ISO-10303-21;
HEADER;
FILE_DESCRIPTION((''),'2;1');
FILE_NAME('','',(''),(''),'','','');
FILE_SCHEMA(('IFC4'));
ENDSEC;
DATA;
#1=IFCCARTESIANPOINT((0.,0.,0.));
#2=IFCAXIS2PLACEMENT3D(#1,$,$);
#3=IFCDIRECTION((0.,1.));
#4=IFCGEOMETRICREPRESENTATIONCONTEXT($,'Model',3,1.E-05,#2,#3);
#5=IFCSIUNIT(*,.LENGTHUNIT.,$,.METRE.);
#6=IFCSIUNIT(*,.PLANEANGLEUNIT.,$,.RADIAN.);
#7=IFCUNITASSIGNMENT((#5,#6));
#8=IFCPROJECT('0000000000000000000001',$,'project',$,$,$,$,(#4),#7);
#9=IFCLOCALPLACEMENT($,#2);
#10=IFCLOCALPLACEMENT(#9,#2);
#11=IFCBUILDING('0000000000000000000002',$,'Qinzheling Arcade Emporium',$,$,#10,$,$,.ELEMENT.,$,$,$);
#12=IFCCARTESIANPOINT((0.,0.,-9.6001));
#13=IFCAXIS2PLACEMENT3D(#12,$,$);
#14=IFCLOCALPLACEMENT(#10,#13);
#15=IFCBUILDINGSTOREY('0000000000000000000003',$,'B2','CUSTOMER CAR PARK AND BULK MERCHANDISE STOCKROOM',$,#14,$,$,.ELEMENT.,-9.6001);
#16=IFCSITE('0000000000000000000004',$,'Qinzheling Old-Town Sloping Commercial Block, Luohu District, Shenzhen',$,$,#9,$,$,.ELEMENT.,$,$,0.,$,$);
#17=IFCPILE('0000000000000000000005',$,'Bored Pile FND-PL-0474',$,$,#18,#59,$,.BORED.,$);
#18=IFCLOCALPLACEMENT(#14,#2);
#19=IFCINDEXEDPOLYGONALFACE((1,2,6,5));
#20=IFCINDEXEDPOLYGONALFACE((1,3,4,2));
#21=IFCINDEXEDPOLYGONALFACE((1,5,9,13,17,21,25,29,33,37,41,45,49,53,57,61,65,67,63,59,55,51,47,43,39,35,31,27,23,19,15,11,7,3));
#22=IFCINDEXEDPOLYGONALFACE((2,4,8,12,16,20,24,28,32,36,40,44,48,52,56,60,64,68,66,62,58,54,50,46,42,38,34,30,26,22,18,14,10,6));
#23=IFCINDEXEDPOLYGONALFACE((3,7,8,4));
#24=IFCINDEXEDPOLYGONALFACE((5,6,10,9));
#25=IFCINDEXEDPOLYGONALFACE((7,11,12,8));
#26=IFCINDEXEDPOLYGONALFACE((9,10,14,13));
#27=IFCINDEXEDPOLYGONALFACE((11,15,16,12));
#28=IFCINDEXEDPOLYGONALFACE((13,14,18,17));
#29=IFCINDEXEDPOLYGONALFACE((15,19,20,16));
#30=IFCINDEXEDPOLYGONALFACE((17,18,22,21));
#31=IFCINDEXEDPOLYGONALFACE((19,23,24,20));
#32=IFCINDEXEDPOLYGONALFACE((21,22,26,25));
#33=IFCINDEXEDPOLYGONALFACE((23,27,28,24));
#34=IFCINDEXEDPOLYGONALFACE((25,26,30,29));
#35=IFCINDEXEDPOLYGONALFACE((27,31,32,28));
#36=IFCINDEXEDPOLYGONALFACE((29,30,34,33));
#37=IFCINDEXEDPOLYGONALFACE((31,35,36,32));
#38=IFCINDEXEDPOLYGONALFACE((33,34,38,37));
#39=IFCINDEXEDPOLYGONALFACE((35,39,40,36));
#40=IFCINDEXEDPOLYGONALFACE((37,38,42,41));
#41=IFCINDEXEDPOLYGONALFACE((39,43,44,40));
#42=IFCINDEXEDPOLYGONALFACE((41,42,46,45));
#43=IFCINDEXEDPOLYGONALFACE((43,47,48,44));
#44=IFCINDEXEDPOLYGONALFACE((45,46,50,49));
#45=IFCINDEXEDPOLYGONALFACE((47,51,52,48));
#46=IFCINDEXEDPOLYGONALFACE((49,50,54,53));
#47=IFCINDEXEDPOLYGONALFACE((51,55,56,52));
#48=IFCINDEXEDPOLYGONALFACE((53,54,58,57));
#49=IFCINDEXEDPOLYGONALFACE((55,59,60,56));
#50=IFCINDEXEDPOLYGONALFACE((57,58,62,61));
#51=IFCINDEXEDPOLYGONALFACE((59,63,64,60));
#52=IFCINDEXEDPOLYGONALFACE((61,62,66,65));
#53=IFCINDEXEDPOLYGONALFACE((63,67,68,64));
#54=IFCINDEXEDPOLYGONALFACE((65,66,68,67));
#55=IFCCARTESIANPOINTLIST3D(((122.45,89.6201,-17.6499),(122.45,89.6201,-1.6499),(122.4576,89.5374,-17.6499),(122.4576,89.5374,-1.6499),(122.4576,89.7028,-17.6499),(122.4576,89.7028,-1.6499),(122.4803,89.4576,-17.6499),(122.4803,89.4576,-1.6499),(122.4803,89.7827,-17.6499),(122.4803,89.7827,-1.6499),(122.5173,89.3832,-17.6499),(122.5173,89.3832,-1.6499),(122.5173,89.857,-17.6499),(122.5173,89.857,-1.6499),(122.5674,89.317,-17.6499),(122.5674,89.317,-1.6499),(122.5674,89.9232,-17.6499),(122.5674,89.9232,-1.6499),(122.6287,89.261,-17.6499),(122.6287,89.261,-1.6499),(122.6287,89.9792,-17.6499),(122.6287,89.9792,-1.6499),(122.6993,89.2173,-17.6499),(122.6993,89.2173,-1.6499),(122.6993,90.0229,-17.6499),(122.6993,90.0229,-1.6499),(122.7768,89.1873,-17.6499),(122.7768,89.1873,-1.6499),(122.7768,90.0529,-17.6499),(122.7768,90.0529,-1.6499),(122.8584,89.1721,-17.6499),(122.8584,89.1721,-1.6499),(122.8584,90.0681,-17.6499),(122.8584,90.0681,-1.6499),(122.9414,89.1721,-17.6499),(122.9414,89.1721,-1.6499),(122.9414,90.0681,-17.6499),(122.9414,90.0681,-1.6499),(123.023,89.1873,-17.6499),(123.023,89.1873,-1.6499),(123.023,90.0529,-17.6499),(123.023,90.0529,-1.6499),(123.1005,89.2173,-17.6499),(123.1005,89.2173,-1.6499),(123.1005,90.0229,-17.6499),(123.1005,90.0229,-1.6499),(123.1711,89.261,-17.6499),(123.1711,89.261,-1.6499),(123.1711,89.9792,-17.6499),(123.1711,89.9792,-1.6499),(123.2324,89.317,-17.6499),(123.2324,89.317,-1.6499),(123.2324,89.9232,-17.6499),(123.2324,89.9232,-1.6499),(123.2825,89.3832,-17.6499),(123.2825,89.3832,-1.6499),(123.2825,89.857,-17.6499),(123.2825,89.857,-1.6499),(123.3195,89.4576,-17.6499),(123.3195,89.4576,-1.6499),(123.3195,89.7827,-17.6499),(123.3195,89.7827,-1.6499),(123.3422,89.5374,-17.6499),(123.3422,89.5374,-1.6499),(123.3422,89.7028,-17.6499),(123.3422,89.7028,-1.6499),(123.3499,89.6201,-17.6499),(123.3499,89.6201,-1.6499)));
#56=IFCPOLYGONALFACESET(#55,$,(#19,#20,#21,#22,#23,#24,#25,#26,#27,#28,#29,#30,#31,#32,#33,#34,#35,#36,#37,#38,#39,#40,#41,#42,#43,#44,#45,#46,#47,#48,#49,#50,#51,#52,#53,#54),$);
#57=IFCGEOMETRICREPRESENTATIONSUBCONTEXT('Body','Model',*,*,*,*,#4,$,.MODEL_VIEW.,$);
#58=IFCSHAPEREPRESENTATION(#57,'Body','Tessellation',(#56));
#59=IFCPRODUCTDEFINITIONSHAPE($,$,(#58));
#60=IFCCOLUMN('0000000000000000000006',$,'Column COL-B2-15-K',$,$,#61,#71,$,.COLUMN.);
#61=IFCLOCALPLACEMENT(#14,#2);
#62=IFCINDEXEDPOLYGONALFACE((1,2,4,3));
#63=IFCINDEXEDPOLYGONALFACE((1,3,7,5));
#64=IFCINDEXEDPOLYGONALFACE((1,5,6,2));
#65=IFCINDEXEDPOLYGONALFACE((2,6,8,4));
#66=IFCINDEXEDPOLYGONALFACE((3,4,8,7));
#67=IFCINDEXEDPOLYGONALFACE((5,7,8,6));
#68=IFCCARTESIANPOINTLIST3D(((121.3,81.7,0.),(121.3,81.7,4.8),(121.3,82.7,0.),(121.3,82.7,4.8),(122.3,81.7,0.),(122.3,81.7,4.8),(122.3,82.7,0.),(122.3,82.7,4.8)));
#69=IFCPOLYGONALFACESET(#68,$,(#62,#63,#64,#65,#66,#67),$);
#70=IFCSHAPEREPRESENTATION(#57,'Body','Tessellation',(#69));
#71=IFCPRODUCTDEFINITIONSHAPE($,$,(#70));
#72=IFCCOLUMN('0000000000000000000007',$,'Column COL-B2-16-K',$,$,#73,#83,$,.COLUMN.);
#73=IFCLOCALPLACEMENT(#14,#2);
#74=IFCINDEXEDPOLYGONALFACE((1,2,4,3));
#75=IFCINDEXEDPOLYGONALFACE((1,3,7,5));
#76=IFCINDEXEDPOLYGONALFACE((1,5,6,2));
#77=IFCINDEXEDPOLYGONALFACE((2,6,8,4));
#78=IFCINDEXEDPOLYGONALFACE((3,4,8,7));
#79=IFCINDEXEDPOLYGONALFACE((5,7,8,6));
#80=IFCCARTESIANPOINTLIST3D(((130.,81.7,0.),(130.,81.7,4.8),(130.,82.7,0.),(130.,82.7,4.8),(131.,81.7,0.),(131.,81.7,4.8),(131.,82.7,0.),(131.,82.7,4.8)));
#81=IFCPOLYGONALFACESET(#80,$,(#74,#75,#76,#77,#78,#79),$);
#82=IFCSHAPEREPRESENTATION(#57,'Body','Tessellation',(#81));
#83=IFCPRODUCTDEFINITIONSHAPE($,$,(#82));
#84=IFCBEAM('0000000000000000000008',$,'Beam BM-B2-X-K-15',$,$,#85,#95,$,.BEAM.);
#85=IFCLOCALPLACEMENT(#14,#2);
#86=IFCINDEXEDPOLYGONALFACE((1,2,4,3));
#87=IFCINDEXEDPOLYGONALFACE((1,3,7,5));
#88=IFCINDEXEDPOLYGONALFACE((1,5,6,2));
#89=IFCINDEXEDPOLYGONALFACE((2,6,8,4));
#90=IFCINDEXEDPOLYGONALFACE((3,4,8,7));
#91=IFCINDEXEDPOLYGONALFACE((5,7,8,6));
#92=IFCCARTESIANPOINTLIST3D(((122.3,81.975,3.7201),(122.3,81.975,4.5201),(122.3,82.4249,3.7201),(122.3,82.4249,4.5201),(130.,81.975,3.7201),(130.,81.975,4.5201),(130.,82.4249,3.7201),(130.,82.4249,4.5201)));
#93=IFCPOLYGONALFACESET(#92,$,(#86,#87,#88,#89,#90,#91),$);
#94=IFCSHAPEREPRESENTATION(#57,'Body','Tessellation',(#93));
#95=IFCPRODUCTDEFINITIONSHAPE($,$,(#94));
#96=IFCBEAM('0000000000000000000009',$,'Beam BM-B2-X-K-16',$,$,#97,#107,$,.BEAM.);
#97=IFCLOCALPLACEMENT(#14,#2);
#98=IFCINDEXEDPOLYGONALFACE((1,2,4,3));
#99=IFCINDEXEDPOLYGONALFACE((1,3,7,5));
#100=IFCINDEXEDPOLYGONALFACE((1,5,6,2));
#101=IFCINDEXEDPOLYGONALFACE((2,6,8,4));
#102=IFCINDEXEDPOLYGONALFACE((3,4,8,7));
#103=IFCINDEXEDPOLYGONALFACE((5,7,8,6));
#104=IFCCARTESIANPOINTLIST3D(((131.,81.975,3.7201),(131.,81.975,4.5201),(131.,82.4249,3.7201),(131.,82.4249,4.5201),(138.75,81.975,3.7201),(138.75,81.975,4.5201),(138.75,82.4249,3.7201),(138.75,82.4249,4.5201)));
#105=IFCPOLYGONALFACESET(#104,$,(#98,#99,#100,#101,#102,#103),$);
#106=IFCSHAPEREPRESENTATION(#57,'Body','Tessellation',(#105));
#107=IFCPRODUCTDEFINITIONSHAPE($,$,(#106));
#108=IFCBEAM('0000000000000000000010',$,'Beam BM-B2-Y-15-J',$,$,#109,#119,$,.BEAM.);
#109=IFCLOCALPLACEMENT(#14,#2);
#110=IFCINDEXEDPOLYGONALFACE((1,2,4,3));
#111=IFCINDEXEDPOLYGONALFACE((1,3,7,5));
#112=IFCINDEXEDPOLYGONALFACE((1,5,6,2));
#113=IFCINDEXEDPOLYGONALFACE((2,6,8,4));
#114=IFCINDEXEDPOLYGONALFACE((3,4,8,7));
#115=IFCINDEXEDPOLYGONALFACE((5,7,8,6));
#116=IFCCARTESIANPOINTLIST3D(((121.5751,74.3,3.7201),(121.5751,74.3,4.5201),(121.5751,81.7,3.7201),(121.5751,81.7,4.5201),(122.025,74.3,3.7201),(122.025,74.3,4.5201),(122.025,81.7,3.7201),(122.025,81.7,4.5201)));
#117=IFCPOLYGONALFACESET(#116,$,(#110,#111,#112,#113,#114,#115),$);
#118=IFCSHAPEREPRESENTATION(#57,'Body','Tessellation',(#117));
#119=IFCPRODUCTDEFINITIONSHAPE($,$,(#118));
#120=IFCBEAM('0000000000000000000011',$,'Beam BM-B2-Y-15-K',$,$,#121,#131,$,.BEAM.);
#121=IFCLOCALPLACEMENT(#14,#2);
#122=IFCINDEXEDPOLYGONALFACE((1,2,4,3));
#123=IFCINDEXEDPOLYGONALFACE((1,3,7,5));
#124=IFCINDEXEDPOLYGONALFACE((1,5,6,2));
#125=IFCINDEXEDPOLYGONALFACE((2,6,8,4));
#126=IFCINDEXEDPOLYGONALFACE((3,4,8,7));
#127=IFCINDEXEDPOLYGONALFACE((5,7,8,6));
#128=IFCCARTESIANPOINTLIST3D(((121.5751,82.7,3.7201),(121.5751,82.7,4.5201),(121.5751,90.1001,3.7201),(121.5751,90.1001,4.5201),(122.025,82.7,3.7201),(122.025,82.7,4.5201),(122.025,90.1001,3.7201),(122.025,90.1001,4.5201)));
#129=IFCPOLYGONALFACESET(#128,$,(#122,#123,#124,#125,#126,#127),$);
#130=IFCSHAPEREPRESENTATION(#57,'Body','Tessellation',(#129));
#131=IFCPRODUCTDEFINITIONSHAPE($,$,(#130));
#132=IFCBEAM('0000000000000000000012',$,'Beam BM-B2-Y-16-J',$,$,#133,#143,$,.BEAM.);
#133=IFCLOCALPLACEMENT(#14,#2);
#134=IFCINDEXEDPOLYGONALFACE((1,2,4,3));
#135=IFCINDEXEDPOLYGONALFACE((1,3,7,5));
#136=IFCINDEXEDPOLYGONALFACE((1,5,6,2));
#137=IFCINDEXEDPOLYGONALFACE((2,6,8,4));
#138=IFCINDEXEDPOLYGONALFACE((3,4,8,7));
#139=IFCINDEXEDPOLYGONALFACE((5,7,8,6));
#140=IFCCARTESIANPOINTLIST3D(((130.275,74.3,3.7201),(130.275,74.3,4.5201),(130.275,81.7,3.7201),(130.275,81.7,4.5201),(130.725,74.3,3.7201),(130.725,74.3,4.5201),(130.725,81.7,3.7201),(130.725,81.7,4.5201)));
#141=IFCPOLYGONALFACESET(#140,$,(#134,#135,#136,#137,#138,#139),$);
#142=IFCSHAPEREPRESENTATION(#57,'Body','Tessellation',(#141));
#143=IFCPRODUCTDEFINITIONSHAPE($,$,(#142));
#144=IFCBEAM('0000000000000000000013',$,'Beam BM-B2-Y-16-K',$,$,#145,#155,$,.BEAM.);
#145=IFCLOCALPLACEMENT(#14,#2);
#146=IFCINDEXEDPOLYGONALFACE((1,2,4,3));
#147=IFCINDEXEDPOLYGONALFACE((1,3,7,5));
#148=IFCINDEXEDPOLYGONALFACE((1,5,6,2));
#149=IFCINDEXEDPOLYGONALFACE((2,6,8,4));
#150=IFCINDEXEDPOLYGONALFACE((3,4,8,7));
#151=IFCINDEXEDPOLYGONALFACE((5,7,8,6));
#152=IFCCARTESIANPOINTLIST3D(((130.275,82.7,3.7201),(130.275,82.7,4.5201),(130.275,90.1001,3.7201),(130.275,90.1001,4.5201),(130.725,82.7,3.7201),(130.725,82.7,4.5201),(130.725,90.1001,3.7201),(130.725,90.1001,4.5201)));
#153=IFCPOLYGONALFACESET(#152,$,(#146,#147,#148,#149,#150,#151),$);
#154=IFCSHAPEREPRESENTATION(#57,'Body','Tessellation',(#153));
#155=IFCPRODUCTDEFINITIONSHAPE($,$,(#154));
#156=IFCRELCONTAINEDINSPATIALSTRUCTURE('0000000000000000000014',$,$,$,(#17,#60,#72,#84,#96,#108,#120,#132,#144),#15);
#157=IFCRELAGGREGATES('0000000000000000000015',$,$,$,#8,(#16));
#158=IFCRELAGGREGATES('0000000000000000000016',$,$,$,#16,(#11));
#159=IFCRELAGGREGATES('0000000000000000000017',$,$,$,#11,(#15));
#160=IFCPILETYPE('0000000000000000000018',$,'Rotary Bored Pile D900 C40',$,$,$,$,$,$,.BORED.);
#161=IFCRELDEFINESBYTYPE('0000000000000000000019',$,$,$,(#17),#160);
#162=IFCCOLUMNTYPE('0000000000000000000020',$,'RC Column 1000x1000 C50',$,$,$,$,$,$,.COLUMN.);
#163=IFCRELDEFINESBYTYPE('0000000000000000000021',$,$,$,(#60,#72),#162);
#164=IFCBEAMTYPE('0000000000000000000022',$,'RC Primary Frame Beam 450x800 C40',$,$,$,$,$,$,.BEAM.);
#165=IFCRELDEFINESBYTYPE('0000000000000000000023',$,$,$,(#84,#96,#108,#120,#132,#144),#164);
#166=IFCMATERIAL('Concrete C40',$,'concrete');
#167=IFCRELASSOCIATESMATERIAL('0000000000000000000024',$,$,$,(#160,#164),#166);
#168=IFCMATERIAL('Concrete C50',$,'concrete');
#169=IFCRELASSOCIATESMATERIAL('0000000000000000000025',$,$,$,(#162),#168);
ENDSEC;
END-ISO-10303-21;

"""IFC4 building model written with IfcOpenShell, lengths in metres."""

from ifc_helpers import new_model, si_unit, direction, frame, origin, origin_2d, place, context, subcontext, project, spatial, rectangle, circle, extrude, material, material_profile, profile_set, type_object, element, save


model = new_model("IFC4")

# Units and contexts
model_context = context("Model", 3, precision=1e-05, world=origin(), true_north=direction((0.0, 1.0)))
body_context = subcontext(model_context, "Body", "Model", "MODEL_VIEW")
ifc_project = project(units=[si_unit("LENGTHUNIT", "METRE"), si_unit("PLANEANGLEUNIT", "RADIAN")], contexts=[model_context])

# Site, building, storey
site_placement = place(None, origin())
site = spatial("IfcSite", under=ifc_project, at=site_placement, Name="Qinzheling Old-Town Sloping Commercial Block, Luohu District, Shenzhen", CompositionType="ELEMENT", RefElevation=0.0)
building_placement = place(site_placement, origin())
building = spatial("IfcBuilding", under=site, at=building_placement, Name="Qinzheling Arcade Emporium", CompositionType="ELEMENT")
storey_placement = place(building_placement, frame((0.0, 0.0, -9.6001)))
storey = spatial("IfcBuildingStorey", under=building, at=storey_placement, Name="B2", Description="CUSTOMER CAR PARK AND BULK MERCHANDISE STOCKROOM", CompositionType="ELEMENT", Elevation=-9.6001)

# Shared definitions
ifc_material_1 = material(Name="Concrete C40", Category="concrete")

# Pile
ifc_material_profile_1 = material_profile(ifc_material_1, circle(Radius=0.45, at=origin_2d()), Name="BORED D900", Category="concrete")
ifc_profile_set_1 = profile_set([ifc_material_profile_1], Name="Concrete C40")
pile_type_1 = type_object("IfcPileType", Name="Rotary Bored Pile D900 C40", PredefinedType="BORED", material=ifc_profile_set_1)
for number, where, z_axis, x_axis, name in (
    (1, (122.8999, 89.6201, -1.6499), (0.0, 0.0, -1.0), (1.0, 0.0, 0.0), "Bored Pile FND-PL-0474"),
):
    element("IfcPile", number, at=place(storey_placement, frame(where, z_axis=z_axis, x_axis=x_axis)), inside=storey, type_object=pile_type_1, Name=name, PredefinedType="BORED", context=body_context, shape_type="SweptSolid", body=[
        extrude(circle(Radius=0.45, at=origin_2d()), origin(), (0.0, 0.0, 1.0), 16.0),
    ])

# Columns
ifc_material_2 = material(Name="Concrete C50", Category="concrete")
ifc_material_profile_2 = material_profile(ifc_material_2, rectangle(XDim=1.0, YDim=1.0, at=origin_2d()), Name="RC 1000x1000", Category="concrete")
ifc_profile_set_2 = profile_set([ifc_material_profile_2], Name="Concrete C50")
column_type = type_object("IfcColumnType", Name="RC Column 1000x1000 C50", PredefinedType="COLUMN", material=ifc_profile_set_2)
for number, where, z_axis, x_axis, name in (
    (2, (121.8, 82.2, 0.0), (0.0, 0.0, 1.0), (1.0, 0.0, 0.0), "Column COL-B2-15-K"),
    (3, (130.5, 82.2, 0.0), (0.0, 0.0, 1.0), (1.0, 0.0, 0.0), "Column COL-B2-16-K"),
):
    element("IfcColumn", number, at=place(storey_placement, frame(where, z_axis=z_axis, x_axis=x_axis)), inside=storey, type_object=column_type, Name=name, PredefinedType="COLUMN", context=body_context, shape_type="SweptSolid", body=[
        extrude(rectangle(XDim=1.0, YDim=1.0, at=origin_2d()), origin(), (0.0, 0.0, 1.0), 4.8),
    ])

# Beams
ifc_material_profile_3 = material_profile(ifc_material_1, rectangle(XDim=0.45, YDim=0.8, at=origin_2d()), Name="RC 450x800", Category="concrete")
ifc_profile_set_3 = profile_set([ifc_material_profile_3], Name="Concrete C40")
beam_type = type_object("IfcBeamType", Name="RC Primary Frame Beam 450x800 C40", PredefinedType="BEAM", material=ifc_profile_set_3)
beam_1_placement = place(storey_placement, frame((122.3, 82.2, 4.1201), z_axis=(1.0, 0.0, 0.0), x_axis=(0.0, 1.0, 0.0)))
element("IfcBeam", 4, at=beam_1_placement, inside=storey, type_object=beam_type, Name="Beam BM-B2-X-K-15", PredefinedType="BEAM", context=body_context, shape_type="SweptSolid", body=[
    extrude(rectangle(XDim=0.45, YDim=0.8, at=origin_2d()), origin(), (0.0, 0.0, 1.0), 7.7),
])
beam_2_placement = place(storey_placement, frame((131.0, 82.2, 4.1201), z_axis=(1.0, 0.0, 0.0), x_axis=(0.0, 1.0, 0.0)))
element("IfcBeam", 5, at=beam_2_placement, inside=storey, type_object=beam_type, Name="Beam BM-B2-X-K-16", PredefinedType="BEAM", context=body_context, shape_type="SweptSolid", body=[
    extrude(rectangle(XDim=0.45, YDim=0.8, at=origin_2d()), origin(), (0.0, 0.0, 1.0), 7.75),
])
beam_3_placement = place(storey_placement, frame((121.8, 74.3, 4.1201), z_axis=(0.0, 1.0, 0.0), x_axis=(-1.0, 0.0, 0.0)))
element("IfcBeam", 6, at=beam_3_placement, inside=storey, type_object=beam_type, Name="Beam BM-B2-Y-15-J", PredefinedType="BEAM", context=body_context, shape_type="SweptSolid", body=[
    extrude(rectangle(XDim=0.45, YDim=0.8, at=origin_2d()), origin(), (0.0, 0.0, 1.0), 7.3999),
])
beam_4_placement = place(storey_placement, frame((121.8, 82.7, 4.1201), z_axis=(0.0, 1.0, 0.0), x_axis=(-1.0, 0.0, 0.0)))
element("IfcBeam", 7, at=beam_4_placement, inside=storey, type_object=beam_type, Name="Beam BM-B2-Y-15-K", PredefinedType="BEAM", context=body_context, shape_type="SweptSolid", body=[
    extrude(rectangle(XDim=0.45, YDim=0.8, at=origin_2d()), origin(), (0.0, 0.0, 1.0), 7.4001),
])
beam_5_placement = place(storey_placement, frame((130.5, 74.3, 4.1201), z_axis=(0.0, 1.0, 0.0), x_axis=(-1.0, 0.0, 0.0)))
element("IfcBeam", 8, at=beam_5_placement, inside=storey, type_object=beam_type, Name="Beam BM-B2-Y-16-J", PredefinedType="BEAM", context=body_context, shape_type="SweptSolid", body=[
    extrude(rectangle(XDim=0.45, YDim=0.8, at=origin_2d()), origin(), (0.0, 0.0, 1.0), 7.3999),
])
beam_6_placement = place(storey_placement, frame((130.5, 82.7, 4.1201), z_axis=(0.0, 1.0, 0.0), x_axis=(-1.0, 0.0, 0.0)))
element("IfcBeam", 9, at=beam_6_placement, inside=storey, type_object=beam_type, Name="Beam BM-B2-Y-16-K", PredefinedType="BEAM", context=body_context, shape_type="SweptSolid", body=[
    extrude(rectangle(XDim=0.45, YDim=0.8, at=origin_2d()), origin(), (0.0, 0.0, 1.0), 7.4001),
])

save(model, "model.ifc")
